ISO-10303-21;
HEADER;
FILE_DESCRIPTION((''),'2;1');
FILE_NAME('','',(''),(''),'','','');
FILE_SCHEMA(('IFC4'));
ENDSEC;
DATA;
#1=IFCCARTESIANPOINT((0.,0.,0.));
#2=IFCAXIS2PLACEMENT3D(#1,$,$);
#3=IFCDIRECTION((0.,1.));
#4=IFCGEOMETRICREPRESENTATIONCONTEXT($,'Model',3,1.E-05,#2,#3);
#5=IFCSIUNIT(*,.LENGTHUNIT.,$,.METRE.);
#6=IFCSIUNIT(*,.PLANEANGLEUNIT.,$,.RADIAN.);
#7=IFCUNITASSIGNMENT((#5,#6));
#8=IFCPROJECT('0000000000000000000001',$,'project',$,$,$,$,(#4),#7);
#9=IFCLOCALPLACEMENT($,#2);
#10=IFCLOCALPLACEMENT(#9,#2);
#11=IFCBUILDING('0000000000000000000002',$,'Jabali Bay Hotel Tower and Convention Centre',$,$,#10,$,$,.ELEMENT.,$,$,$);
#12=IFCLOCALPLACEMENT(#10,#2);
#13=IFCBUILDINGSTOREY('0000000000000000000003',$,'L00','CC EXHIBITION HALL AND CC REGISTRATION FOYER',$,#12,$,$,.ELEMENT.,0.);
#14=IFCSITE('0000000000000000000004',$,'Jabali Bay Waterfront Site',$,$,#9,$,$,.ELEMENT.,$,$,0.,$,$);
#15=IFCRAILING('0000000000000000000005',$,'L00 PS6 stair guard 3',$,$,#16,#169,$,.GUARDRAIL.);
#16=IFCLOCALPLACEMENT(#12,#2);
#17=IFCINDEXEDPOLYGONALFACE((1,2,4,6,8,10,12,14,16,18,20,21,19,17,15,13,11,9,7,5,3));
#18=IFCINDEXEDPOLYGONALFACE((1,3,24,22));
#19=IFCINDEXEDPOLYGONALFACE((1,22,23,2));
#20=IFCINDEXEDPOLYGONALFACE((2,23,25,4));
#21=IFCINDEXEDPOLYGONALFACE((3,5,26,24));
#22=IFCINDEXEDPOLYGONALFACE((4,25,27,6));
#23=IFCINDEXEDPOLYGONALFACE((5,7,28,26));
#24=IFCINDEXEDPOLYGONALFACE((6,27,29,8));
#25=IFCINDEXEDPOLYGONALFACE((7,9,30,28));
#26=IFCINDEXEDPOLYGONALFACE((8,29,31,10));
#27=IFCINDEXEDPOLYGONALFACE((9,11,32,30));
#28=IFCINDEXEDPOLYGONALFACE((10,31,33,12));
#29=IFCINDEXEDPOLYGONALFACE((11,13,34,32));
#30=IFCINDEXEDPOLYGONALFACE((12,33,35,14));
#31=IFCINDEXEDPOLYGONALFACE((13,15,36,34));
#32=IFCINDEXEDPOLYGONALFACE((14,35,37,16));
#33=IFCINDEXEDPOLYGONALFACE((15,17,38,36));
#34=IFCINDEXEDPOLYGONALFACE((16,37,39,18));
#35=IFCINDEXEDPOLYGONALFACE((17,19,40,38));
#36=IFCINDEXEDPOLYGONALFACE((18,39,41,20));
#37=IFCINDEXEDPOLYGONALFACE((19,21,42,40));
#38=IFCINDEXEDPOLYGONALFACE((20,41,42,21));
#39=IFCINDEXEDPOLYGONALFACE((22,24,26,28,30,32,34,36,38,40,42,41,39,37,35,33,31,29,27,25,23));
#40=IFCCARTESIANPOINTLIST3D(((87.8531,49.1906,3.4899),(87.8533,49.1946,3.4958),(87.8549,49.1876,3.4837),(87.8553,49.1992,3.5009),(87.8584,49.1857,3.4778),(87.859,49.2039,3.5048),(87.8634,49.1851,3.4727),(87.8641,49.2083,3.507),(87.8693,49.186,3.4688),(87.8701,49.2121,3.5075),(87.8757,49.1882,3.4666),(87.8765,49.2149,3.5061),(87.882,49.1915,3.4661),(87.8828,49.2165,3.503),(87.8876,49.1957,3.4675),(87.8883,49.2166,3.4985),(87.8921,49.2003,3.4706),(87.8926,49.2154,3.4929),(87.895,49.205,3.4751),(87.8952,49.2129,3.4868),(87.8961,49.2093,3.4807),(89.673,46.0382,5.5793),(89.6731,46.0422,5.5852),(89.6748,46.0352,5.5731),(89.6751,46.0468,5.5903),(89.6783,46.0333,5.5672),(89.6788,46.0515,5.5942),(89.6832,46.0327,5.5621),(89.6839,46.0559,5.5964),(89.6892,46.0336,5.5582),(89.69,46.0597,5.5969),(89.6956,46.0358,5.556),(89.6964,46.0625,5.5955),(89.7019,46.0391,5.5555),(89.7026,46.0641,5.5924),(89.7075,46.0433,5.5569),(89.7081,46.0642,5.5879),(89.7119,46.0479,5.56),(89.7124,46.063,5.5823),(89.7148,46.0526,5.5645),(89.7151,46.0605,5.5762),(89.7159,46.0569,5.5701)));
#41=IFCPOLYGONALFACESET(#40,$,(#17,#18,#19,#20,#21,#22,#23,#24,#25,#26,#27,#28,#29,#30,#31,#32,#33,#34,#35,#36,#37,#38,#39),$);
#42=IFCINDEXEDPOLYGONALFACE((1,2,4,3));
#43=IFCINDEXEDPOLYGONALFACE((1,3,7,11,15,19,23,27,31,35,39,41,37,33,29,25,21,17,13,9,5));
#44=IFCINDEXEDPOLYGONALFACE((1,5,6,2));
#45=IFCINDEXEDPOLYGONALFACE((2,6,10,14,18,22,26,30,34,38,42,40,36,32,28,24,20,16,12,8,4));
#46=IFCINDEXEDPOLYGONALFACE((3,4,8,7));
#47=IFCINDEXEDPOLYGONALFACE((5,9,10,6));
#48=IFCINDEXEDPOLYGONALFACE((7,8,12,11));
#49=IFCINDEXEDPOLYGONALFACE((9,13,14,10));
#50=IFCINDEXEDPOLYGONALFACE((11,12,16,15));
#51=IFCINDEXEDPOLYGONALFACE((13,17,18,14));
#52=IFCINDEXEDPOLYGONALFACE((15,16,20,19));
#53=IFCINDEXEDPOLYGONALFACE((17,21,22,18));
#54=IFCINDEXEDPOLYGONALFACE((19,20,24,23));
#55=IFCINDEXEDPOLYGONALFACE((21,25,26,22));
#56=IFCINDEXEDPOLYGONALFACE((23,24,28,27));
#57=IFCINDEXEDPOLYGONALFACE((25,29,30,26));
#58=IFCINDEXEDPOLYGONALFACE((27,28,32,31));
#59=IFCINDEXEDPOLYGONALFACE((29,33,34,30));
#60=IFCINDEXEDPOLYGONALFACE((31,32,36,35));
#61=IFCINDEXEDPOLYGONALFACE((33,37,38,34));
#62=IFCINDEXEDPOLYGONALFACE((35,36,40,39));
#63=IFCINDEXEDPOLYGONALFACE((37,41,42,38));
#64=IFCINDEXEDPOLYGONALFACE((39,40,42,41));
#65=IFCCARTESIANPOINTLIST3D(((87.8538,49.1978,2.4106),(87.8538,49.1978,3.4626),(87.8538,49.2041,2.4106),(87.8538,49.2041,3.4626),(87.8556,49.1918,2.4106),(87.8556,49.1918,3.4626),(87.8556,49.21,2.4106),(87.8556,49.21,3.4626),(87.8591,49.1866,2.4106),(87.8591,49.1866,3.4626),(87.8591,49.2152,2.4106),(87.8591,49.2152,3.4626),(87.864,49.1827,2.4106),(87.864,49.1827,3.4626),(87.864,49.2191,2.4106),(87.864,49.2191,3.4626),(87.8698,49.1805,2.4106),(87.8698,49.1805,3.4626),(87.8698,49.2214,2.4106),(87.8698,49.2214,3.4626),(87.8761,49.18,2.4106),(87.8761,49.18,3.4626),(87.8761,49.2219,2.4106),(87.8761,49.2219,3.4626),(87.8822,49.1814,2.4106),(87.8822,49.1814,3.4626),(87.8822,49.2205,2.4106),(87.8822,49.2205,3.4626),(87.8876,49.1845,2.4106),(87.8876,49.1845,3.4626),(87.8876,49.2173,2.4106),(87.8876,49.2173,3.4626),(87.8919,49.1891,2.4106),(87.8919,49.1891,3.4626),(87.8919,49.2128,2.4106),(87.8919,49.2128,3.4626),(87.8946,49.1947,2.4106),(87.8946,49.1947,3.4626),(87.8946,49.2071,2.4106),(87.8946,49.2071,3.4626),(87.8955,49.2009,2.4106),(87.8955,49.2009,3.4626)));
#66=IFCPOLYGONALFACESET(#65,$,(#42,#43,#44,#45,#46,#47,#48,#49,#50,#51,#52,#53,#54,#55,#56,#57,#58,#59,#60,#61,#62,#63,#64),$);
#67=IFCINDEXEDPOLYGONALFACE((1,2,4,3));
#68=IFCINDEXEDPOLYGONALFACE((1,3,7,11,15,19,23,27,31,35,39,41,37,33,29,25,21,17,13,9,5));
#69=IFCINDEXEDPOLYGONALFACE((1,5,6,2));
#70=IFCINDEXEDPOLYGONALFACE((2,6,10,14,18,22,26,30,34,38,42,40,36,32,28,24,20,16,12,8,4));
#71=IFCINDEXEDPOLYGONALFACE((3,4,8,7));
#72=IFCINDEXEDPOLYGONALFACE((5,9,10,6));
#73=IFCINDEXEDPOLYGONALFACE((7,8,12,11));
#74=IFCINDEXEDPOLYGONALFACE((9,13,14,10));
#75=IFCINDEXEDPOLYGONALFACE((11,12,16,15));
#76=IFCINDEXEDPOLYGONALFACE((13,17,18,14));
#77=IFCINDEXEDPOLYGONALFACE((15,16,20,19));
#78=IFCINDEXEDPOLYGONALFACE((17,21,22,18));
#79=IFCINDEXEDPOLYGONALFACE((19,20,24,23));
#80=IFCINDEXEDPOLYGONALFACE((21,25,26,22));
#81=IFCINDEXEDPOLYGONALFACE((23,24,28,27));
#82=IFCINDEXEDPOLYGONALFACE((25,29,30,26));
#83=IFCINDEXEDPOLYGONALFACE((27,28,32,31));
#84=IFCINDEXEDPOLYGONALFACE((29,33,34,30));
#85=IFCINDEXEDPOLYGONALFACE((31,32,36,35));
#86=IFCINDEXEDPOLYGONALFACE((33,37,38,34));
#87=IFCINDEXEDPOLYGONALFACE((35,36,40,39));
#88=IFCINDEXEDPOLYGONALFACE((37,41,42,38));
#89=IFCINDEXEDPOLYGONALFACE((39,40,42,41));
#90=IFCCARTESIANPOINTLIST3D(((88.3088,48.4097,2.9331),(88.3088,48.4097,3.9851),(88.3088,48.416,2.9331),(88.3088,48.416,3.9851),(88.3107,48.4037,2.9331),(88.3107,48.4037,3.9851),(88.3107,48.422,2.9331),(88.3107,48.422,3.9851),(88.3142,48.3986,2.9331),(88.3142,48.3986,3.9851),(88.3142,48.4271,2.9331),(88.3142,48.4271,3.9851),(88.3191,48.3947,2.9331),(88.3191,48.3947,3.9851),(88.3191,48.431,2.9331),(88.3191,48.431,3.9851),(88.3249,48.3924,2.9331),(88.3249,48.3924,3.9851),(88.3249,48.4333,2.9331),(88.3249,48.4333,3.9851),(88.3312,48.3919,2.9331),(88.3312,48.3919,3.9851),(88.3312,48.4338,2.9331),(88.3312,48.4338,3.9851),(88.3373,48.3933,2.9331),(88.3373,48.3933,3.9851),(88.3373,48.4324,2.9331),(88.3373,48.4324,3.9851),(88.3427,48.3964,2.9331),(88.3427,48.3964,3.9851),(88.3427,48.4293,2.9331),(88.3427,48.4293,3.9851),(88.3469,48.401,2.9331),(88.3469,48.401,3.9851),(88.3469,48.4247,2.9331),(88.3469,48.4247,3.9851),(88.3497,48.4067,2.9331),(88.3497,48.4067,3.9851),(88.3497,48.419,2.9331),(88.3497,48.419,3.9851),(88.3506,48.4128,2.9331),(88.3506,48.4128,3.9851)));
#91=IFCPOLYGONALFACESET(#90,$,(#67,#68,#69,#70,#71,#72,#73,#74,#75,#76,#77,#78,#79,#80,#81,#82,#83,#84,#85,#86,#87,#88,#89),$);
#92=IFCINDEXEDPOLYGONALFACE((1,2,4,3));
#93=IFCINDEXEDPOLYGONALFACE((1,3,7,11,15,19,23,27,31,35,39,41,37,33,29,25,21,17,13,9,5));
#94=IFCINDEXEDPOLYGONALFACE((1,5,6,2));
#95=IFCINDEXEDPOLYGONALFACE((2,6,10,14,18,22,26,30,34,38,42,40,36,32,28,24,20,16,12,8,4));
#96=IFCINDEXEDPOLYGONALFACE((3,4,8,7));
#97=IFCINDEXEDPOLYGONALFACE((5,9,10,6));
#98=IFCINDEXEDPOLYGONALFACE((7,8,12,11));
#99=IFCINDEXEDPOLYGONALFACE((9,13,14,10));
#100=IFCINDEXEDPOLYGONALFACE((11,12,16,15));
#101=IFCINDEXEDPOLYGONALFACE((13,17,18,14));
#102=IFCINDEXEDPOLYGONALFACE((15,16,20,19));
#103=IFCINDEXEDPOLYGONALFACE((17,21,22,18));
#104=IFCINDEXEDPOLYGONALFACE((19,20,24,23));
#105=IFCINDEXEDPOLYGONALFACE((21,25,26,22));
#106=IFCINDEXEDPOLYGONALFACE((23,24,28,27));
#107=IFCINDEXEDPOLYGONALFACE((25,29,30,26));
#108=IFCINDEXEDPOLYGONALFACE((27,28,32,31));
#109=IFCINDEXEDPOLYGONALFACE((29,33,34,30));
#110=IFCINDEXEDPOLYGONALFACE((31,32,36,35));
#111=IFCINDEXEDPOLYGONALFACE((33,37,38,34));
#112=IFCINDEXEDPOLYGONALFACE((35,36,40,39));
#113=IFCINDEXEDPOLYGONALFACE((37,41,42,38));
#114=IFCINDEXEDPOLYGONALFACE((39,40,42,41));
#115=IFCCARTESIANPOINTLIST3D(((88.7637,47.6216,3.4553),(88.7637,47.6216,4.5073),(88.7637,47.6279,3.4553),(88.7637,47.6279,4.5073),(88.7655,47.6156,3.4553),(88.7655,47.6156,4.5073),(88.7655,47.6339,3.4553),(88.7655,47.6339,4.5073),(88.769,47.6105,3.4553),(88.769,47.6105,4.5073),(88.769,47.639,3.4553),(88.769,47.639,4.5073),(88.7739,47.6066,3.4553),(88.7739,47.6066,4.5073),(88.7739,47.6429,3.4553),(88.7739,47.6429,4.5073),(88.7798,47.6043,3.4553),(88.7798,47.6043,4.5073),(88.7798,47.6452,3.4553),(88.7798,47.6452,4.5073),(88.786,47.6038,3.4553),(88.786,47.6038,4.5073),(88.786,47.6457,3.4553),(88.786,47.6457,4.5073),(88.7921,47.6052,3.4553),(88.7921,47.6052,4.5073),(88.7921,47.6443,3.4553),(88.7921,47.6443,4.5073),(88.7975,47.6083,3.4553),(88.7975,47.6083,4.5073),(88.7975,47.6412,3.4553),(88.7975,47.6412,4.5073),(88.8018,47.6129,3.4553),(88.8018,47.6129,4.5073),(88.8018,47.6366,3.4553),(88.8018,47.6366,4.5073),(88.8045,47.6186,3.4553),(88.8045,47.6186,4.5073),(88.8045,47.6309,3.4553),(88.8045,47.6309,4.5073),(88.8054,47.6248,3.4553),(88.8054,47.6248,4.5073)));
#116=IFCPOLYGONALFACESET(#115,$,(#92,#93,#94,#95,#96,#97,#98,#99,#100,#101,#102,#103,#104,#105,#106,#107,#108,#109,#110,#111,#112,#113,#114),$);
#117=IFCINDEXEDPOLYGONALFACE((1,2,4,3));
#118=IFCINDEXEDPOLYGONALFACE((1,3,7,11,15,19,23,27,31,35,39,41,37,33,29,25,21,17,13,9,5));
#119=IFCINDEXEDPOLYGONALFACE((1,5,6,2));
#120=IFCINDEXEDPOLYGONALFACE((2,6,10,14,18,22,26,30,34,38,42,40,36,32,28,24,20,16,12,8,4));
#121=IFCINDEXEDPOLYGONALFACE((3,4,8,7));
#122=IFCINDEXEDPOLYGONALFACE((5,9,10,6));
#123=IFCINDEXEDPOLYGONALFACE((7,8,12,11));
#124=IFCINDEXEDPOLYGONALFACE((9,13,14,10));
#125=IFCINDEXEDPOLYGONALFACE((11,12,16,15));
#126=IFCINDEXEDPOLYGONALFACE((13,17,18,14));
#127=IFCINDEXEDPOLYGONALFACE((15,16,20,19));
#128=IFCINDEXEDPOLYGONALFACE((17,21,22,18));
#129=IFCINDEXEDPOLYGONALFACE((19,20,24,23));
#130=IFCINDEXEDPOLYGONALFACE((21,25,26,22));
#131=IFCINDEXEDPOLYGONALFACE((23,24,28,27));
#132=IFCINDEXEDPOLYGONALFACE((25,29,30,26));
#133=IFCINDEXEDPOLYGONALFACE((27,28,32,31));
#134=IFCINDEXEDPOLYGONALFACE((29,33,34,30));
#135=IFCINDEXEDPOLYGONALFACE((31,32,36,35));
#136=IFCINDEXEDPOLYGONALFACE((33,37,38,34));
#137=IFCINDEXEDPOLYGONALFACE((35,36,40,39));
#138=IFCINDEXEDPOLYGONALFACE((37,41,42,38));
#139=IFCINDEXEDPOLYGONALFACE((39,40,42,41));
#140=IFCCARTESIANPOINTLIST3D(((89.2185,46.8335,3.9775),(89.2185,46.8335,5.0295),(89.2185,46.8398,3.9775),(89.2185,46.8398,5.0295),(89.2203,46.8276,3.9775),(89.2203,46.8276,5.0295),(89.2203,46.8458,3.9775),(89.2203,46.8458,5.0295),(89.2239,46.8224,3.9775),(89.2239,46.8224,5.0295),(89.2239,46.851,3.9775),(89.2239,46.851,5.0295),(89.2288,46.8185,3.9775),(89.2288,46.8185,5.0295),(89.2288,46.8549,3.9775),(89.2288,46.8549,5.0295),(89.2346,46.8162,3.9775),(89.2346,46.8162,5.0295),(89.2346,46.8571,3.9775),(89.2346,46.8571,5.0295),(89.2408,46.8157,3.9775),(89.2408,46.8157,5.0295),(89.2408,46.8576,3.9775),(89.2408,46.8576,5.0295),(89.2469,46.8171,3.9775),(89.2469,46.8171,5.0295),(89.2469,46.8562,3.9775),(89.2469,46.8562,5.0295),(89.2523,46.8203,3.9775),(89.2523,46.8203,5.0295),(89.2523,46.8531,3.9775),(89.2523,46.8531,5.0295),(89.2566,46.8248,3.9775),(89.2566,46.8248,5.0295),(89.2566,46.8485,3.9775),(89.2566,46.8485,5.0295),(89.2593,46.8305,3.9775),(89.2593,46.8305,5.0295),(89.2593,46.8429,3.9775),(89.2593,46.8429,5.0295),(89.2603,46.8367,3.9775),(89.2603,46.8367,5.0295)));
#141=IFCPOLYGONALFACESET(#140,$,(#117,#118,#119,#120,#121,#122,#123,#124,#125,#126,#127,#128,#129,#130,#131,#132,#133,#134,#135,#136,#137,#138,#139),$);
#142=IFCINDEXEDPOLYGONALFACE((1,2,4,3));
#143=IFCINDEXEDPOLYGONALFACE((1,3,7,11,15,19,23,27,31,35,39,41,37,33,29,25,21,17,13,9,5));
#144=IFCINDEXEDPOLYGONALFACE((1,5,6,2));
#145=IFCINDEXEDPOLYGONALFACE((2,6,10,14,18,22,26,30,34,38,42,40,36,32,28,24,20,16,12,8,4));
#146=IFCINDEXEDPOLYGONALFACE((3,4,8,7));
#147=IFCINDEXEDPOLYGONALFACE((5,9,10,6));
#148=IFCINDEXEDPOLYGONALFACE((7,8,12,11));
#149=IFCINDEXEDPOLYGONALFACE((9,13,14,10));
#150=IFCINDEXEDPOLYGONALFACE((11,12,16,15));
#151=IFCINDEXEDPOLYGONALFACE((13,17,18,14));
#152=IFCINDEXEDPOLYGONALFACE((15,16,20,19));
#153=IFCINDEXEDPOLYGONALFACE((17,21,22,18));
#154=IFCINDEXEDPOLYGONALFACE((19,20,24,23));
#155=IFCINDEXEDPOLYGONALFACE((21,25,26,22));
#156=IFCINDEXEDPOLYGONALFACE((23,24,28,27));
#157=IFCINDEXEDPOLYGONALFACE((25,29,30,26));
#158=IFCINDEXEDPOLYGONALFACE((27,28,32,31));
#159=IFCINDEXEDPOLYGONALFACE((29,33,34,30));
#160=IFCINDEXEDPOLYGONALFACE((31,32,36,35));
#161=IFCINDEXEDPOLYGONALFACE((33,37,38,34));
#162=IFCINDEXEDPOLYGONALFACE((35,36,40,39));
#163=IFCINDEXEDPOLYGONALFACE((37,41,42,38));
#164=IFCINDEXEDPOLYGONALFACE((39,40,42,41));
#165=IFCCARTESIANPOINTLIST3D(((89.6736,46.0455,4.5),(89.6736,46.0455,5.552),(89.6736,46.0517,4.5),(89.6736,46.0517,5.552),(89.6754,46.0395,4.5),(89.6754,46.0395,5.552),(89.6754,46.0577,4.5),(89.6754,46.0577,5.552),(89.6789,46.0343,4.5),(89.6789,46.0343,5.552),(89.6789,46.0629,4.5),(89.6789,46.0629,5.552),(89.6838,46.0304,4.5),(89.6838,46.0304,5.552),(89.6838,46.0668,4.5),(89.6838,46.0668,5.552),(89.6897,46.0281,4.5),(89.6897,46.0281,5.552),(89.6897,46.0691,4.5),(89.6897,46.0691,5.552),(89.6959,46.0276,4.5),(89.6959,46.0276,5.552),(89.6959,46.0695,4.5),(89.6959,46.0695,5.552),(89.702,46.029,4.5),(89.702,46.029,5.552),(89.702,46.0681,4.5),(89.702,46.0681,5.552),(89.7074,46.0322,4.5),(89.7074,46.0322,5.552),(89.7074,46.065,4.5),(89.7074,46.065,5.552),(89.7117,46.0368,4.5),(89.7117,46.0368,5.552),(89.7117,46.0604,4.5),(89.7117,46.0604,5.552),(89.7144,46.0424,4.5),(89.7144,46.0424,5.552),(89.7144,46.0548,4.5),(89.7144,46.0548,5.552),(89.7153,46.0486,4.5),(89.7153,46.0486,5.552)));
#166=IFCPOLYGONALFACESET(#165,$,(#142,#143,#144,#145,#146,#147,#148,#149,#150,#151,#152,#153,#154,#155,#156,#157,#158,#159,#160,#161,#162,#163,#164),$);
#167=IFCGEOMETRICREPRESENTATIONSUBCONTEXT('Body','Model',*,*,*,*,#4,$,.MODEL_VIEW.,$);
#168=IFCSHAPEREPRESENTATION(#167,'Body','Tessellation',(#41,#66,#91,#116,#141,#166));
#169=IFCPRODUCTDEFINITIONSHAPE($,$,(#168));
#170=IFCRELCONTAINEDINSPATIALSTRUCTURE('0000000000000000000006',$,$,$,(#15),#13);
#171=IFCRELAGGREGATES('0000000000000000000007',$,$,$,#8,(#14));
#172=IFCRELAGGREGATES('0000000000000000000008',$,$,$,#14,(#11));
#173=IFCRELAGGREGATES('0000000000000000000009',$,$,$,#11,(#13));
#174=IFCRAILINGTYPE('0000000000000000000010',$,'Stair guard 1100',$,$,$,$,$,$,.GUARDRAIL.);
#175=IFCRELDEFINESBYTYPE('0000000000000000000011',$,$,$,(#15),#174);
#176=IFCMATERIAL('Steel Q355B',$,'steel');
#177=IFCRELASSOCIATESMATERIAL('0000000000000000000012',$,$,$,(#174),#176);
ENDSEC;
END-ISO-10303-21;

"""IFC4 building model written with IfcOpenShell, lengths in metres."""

from ifc_helpers import new_model, si_unit, direction, frame, origin, origin_2d, place, context, subcontext, project, spatial, circle, extrude, material, type_object, element, save


model = new_model("IFC4")

# Units and contexts
model_context = context("Model", 3, precision=1e-05, world=origin(), true_north=direction((0.0, 1.0)))
body_context = subcontext(model_context, "Body", "Model", "MODEL_VIEW")
ifc_project = project(units=[si_unit("LENGTHUNIT", "METRE"), si_unit("PLANEANGLEUNIT", "RADIAN")], contexts=[model_context])

# Site, building, storey
site_placement = place(None, origin())
site = spatial("IfcSite", under=ifc_project, at=site_placement, Name="Jabali Bay Waterfront Site", CompositionType="ELEMENT", RefElevation=0.0)
building_placement = place(site_placement, origin())
building = spatial("IfcBuilding", under=site, at=building_placement, Name="Jabali Bay Hotel Tower and Convention Centre", CompositionType="ELEMENT")
storey_placement = place(building_placement, origin())
storey = spatial("IfcBuildingStorey", under=building, at=storey_placement, Name="L00", Description="CC EXHIBITION HALL AND CC REGISTRATION FOYER", CompositionType="ELEMENT", Elevation=0.0)

# Railing
ifc_material_1 = material(Name="Steel Q355B", Category="steel")
railing_type_1 = type_object("IfcRailingType", Name="Stair guard 1100", PredefinedType="GUARDRAIL", material=ifc_material_1)
railing_1_placement = place(storey_placement, frame((87.8745, 49.2009, 2.4106)))
element("IfcRailing", 1, at=railing_1_placement, inside=storey, type_object=railing_type_1, Name="L00 PS6 stair guard 3", PredefinedType="GUARDRAIL", context=body_context, shape_type="SweptSolid", body=[
    extrude(circle(Radius=0.0239, at=origin_2d()), frame((0.0, 0.0, 1.0762), z_axis=(0.433606, -0.751102, 0.497826), x_axis=(0.866047, 0.499962, 0.0)), (0.0, 0.0, 1.0), 4.197),
    extrude(circle(Radius=0.021, at=origin_2d()), origin(), (0.0, 0.0, 1.0), 1.052),
    extrude(circle(Radius=0.021, at=origin_2d()), frame((0.4551, -0.7881, 0.5225)), (0.0, 0.0, 1.0), 1.052),
    extrude(circle(Radius=0.021, at=origin_2d()), frame((0.9099, -1.5762, 1.0447)), (0.0, 0.0, 1.0), 1.052),
    extrude(circle(Radius=0.021, at=origin_2d()), frame((1.3647, -2.3643, 1.5669)), (0.0, 0.0, 1.0), 1.052),
    extrude(circle(Radius=0.021, at=origin_2d()), frame((1.8198, -3.1523, 2.0894)), (0.0, 0.0, 1.0), 1.052),
])

save(model, "model.ifc")
